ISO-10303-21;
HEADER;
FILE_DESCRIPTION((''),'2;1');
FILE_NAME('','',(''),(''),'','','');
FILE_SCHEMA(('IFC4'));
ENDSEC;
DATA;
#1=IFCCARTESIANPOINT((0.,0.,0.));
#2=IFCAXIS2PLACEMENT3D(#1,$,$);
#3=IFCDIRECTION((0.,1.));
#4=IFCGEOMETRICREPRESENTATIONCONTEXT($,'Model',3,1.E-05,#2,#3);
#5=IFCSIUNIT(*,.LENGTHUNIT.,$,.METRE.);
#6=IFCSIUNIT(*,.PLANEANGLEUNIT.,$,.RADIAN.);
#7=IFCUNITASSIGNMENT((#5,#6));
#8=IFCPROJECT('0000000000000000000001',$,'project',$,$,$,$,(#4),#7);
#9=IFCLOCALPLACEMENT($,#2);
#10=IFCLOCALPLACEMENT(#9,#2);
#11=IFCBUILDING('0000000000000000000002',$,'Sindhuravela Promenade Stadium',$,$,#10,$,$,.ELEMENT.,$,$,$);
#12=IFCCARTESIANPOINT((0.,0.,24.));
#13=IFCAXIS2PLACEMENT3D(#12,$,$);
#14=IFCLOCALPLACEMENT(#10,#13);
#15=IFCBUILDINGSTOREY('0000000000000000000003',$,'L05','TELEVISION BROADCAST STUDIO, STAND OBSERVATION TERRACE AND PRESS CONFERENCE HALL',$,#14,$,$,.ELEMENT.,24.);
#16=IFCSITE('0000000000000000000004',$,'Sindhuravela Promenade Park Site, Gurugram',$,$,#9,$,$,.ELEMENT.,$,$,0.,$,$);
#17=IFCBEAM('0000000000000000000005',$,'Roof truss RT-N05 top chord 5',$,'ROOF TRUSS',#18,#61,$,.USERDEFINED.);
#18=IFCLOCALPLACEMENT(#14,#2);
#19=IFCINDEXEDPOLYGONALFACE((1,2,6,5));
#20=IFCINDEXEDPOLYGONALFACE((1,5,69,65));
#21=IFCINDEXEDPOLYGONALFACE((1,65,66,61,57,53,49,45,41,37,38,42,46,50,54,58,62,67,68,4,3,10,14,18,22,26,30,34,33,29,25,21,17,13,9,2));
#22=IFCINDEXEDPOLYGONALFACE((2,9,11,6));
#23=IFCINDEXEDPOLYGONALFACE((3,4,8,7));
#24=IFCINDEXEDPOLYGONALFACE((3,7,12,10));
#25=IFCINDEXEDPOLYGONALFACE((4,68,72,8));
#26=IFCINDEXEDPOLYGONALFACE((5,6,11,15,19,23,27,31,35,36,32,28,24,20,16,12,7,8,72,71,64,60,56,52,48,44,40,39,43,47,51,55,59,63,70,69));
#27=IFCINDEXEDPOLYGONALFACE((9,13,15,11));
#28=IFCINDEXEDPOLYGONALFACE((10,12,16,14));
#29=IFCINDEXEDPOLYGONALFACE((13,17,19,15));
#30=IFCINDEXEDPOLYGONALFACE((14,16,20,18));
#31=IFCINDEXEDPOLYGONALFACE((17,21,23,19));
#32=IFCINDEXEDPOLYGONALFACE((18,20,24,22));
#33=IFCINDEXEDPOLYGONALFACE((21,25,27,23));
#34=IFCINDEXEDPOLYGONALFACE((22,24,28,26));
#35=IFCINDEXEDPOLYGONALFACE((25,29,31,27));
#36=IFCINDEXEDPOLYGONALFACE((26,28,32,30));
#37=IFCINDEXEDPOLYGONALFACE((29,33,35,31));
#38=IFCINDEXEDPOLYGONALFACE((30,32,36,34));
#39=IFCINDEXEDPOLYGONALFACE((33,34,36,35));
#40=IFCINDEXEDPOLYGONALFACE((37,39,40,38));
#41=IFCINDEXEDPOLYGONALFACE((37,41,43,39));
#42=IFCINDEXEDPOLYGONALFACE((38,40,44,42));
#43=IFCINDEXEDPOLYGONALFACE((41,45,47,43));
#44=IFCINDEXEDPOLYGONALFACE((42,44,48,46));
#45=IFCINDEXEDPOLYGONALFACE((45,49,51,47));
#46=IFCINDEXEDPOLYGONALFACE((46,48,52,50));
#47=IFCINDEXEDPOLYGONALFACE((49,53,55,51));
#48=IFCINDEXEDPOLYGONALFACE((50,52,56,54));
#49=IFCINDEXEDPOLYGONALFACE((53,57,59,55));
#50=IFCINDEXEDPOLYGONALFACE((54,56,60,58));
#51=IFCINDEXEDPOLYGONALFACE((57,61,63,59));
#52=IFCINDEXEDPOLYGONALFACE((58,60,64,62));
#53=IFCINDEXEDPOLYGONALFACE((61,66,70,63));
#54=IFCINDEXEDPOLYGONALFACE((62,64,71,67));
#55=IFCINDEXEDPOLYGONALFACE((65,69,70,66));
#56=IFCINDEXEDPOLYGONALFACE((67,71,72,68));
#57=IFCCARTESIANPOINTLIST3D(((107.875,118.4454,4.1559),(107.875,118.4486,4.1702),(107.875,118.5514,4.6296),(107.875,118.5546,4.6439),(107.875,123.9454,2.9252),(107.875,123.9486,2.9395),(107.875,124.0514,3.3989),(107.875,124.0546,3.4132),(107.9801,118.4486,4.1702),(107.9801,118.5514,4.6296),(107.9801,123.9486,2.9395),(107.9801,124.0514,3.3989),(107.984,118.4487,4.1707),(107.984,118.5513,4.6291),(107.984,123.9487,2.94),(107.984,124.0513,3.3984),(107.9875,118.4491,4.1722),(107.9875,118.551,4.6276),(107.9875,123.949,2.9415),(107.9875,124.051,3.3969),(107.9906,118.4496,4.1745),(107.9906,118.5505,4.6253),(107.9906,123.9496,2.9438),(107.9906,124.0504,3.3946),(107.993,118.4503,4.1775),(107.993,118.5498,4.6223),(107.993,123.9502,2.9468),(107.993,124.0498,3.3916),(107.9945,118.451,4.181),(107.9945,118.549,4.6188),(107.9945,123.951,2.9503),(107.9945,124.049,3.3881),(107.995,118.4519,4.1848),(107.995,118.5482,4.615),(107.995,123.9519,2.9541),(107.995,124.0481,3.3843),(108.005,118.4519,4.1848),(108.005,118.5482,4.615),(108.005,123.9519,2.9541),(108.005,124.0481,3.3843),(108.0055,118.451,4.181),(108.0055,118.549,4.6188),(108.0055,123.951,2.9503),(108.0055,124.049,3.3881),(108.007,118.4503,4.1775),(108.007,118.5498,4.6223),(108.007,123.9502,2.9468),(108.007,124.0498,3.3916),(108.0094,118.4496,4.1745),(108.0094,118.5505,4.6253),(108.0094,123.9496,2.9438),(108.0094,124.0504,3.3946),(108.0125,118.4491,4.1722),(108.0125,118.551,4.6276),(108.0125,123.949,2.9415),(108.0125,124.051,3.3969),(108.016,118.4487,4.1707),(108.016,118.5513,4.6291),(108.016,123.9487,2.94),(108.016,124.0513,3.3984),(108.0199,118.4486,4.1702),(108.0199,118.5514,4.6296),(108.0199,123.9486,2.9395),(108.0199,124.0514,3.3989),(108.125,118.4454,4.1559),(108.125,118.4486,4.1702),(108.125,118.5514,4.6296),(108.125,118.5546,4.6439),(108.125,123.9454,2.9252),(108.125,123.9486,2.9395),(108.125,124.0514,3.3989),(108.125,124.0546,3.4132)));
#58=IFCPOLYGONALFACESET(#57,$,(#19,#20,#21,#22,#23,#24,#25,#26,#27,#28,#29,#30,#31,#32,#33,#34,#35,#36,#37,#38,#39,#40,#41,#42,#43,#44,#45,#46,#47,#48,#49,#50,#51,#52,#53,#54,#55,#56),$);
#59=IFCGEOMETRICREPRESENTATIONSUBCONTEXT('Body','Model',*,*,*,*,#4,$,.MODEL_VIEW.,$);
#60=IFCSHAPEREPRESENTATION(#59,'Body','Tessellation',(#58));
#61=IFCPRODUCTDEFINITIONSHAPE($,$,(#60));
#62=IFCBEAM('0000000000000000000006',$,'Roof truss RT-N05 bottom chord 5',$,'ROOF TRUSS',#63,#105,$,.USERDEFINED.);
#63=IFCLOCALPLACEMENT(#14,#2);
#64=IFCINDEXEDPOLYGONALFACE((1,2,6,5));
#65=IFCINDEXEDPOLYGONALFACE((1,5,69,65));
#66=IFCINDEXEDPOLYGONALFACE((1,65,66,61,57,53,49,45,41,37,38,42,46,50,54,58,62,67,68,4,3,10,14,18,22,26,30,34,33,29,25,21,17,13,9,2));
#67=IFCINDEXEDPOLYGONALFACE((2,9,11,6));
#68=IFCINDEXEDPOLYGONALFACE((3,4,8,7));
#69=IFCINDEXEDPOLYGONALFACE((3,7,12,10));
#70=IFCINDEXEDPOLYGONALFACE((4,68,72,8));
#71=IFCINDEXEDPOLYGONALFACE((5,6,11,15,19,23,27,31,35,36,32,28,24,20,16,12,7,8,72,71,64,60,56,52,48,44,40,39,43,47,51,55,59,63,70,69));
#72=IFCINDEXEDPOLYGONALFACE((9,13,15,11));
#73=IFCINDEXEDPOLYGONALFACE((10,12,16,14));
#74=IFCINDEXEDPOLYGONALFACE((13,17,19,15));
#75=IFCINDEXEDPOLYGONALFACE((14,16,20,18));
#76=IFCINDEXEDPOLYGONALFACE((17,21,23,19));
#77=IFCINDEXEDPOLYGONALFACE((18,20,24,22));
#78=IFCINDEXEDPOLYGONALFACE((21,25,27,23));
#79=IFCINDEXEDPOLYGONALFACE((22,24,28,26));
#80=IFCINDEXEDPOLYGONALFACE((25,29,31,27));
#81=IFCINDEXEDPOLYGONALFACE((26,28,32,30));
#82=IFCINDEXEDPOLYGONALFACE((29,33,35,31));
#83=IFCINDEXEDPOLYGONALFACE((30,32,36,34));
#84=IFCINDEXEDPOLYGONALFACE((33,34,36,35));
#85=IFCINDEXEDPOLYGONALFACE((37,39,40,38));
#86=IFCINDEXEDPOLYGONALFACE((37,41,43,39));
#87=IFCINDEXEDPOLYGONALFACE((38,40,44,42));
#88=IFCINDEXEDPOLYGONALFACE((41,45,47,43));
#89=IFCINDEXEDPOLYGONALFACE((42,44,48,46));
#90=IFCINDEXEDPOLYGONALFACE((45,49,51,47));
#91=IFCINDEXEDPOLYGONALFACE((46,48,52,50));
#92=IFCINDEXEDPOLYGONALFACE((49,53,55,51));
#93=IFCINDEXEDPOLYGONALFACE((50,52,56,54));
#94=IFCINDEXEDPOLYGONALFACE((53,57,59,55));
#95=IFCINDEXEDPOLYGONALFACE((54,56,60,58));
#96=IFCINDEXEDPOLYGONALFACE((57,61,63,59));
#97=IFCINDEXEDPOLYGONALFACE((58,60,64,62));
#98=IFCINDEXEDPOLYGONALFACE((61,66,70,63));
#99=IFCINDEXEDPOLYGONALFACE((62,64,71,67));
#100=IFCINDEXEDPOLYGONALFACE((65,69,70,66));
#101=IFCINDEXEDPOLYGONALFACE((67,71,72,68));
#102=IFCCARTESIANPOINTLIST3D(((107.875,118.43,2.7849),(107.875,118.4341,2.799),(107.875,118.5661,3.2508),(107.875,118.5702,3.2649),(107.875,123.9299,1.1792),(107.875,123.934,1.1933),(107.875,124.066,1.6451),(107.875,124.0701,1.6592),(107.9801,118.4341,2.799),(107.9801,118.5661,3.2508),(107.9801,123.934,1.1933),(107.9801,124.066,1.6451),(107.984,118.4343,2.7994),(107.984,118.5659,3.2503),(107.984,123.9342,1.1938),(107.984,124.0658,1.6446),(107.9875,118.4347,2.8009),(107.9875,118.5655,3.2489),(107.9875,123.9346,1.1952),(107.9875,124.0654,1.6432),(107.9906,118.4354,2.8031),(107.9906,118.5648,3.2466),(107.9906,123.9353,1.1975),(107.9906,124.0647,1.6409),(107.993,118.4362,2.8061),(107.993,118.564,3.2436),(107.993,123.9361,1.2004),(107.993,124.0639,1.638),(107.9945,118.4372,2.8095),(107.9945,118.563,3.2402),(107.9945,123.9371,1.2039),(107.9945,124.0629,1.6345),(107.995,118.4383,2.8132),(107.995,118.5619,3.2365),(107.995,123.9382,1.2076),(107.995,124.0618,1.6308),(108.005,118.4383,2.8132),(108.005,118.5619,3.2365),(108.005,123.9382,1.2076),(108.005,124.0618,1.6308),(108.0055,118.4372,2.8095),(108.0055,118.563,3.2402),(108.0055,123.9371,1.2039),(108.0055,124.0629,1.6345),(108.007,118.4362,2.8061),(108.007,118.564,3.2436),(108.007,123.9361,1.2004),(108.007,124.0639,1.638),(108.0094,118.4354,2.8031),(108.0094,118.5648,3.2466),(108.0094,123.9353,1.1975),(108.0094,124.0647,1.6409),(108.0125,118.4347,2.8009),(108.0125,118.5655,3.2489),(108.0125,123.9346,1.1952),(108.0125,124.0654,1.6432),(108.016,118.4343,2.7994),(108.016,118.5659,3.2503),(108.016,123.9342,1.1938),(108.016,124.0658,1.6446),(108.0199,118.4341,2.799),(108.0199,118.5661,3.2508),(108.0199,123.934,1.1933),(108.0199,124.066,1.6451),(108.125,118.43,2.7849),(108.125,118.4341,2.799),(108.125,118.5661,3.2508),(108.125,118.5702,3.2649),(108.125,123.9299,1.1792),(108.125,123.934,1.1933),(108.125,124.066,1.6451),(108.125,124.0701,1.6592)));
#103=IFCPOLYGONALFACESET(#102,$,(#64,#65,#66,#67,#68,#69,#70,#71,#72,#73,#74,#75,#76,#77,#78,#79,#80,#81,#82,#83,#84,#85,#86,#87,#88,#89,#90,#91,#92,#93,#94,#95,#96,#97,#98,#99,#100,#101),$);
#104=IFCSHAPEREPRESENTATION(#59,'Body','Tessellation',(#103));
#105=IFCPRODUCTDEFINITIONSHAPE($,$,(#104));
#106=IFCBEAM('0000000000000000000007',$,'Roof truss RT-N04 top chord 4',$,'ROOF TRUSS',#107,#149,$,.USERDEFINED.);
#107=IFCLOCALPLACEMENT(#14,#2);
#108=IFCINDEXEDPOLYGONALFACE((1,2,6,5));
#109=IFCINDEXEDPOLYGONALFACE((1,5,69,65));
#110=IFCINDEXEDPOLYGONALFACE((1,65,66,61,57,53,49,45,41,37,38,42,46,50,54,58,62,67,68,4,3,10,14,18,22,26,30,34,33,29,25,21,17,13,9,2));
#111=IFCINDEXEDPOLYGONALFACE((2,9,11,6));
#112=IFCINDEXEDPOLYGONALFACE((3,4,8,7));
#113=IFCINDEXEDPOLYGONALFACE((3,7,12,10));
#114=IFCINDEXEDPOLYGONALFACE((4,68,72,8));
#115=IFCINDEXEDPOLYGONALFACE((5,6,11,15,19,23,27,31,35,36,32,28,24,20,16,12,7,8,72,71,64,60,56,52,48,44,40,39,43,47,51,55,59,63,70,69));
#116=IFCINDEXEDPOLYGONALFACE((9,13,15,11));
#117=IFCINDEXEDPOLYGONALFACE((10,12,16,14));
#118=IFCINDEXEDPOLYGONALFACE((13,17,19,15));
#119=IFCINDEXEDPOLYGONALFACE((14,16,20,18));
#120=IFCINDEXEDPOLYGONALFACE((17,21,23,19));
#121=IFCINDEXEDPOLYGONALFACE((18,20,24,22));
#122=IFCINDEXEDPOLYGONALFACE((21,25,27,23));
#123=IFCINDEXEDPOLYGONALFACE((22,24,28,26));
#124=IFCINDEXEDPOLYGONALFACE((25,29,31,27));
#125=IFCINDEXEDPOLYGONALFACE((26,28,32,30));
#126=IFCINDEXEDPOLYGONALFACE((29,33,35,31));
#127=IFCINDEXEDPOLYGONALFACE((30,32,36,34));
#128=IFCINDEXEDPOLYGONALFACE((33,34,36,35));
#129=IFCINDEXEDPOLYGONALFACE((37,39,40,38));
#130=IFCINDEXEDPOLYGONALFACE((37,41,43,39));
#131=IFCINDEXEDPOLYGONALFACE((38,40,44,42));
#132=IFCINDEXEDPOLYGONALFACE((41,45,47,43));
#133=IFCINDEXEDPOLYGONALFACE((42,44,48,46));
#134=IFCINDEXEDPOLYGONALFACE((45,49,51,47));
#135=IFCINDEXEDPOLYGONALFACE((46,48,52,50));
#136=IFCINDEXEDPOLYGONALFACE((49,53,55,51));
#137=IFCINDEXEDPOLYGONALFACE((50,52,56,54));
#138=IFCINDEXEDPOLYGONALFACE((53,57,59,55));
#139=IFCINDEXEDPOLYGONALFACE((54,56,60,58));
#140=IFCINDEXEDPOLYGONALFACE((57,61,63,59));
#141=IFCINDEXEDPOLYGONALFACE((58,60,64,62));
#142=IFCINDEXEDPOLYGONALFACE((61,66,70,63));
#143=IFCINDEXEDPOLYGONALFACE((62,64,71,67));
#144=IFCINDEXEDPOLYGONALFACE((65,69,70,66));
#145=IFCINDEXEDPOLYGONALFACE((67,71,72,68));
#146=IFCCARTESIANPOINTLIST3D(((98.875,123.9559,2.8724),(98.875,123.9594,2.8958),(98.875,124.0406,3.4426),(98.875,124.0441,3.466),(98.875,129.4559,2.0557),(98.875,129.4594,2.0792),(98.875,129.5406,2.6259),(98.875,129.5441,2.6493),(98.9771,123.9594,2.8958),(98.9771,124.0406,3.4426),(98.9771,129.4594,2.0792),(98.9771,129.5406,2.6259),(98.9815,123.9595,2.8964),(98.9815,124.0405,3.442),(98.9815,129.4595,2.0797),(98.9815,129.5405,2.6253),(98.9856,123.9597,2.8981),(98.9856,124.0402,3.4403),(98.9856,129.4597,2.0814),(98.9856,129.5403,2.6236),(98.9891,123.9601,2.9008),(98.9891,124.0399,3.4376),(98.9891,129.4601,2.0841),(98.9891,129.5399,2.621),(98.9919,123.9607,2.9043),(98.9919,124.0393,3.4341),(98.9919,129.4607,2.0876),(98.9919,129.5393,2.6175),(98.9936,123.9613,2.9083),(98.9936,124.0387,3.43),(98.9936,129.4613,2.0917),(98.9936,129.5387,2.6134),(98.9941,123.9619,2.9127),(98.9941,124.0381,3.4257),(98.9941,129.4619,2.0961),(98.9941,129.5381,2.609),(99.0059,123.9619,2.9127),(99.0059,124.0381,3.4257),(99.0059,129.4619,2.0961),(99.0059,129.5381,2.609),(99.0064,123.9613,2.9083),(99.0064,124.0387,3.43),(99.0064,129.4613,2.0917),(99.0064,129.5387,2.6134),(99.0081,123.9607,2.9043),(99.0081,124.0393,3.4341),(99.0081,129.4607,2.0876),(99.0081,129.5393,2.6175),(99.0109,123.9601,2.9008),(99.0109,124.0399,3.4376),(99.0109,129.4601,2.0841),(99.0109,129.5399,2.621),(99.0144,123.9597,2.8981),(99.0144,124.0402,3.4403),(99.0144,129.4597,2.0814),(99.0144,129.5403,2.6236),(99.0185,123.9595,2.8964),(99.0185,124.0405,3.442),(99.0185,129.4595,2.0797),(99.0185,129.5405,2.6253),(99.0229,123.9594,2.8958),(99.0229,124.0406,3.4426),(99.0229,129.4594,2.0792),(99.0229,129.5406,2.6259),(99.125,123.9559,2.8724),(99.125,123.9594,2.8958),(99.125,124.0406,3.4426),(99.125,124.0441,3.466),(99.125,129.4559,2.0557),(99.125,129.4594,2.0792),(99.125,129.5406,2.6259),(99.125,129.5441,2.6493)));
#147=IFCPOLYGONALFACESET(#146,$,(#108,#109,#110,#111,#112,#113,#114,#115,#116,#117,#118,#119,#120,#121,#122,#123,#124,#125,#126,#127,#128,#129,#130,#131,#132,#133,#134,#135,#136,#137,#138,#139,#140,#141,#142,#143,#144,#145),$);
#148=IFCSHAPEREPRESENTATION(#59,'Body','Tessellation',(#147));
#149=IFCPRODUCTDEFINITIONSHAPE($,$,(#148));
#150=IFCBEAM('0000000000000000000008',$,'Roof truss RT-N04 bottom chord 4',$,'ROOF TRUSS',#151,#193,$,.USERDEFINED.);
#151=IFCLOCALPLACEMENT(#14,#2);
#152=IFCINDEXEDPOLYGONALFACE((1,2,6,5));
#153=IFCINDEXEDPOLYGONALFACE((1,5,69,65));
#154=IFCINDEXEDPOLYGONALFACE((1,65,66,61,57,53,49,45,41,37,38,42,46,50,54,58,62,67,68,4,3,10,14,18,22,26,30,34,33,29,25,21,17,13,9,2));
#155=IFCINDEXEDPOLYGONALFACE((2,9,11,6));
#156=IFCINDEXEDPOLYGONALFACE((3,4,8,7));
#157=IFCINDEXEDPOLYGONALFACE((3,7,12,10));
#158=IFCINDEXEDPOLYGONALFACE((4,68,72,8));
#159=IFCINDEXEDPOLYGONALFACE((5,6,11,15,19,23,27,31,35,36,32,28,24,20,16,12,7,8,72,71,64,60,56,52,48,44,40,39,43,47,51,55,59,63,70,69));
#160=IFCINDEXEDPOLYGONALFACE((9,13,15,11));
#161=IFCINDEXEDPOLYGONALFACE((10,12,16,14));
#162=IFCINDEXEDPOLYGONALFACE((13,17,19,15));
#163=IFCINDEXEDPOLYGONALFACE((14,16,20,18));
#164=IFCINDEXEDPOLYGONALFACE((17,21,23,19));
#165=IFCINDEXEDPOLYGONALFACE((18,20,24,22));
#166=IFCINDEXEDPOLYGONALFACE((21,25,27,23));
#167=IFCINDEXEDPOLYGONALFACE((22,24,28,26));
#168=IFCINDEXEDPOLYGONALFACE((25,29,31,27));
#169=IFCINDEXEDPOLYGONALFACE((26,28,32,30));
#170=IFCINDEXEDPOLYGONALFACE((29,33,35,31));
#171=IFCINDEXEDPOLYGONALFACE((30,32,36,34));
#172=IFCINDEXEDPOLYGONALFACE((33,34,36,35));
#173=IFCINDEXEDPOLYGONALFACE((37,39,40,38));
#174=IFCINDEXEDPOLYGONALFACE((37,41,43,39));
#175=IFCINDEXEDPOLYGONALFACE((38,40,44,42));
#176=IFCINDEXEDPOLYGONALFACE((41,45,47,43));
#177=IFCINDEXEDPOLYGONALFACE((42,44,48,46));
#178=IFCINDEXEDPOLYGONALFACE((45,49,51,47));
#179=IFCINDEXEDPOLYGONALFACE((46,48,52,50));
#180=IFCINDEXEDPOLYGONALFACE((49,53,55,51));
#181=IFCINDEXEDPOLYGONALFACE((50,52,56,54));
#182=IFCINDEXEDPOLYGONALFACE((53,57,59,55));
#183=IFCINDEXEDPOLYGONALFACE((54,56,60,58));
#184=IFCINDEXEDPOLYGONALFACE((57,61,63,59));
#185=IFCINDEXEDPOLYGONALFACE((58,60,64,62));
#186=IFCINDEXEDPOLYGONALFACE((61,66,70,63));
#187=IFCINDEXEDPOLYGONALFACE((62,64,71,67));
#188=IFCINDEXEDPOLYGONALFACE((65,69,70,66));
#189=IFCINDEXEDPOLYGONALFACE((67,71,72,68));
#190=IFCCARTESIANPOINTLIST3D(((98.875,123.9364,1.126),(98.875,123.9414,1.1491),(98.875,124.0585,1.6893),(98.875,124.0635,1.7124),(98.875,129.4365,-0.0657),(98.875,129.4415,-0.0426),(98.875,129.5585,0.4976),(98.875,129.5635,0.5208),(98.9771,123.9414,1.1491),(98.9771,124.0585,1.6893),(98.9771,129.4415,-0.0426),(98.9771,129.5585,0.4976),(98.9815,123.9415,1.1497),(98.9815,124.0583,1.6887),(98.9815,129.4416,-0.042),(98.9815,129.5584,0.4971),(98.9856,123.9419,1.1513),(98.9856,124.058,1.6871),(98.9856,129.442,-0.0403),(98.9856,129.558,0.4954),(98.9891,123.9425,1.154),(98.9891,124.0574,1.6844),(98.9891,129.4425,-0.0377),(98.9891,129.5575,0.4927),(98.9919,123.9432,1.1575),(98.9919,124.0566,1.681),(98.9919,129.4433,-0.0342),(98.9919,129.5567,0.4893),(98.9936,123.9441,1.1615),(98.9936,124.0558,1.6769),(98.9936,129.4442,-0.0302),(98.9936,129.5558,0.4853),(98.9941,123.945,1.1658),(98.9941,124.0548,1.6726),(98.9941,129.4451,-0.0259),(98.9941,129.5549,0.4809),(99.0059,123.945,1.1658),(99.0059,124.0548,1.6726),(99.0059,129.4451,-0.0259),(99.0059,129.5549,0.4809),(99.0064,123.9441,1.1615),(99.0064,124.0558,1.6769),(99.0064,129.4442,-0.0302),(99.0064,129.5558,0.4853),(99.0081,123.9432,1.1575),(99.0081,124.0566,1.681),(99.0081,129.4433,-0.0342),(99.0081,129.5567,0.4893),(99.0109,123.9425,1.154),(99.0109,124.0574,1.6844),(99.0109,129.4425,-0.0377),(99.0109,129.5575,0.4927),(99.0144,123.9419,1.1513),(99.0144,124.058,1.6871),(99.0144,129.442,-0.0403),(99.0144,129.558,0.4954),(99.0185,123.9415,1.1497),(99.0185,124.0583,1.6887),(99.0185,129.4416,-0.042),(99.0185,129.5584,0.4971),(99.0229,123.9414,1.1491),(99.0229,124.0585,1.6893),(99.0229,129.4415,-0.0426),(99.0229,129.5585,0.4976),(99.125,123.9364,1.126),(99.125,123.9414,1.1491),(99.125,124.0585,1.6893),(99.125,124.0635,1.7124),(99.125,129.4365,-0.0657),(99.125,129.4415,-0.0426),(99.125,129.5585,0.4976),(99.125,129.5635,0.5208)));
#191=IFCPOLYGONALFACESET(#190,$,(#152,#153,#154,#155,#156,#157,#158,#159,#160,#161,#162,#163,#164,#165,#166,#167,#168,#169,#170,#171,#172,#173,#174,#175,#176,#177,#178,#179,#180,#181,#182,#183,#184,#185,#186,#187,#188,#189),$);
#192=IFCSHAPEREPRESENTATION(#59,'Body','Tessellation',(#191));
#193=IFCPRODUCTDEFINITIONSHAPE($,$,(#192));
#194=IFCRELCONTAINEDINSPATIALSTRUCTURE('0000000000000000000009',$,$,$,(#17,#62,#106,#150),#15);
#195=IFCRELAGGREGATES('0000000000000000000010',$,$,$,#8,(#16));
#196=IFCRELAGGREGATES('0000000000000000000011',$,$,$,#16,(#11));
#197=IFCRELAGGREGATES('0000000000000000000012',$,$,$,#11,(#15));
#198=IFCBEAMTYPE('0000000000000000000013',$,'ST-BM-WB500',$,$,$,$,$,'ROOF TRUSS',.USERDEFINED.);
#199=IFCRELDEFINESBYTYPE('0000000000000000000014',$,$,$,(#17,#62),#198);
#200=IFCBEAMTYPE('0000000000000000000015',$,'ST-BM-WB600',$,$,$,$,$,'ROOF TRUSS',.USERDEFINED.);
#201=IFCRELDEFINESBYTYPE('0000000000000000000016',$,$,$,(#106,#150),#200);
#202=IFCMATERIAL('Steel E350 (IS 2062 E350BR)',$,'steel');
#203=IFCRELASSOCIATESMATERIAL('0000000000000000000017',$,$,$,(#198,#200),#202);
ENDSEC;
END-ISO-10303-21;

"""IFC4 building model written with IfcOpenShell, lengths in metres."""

from ifc_helpers import new_model, si_unit, direction, frame, origin, origin_2d, place, context, subcontext, project, spatial, i_section, extrude, material, material_profile, profile_set, type_object, element, save


model = new_model("IFC4")

# Units and contexts
model_context = context("Model", 3, precision=1e-05, world=origin(), true_north=direction((0.0, 1.0)))
body_context = subcontext(model_context, "Body", "Model", "MODEL_VIEW")
ifc_project = project(units=[si_unit("LENGTHUNIT", "METRE"), si_unit("PLANEANGLEUNIT", "RADIAN")], contexts=[model_context])

# Site, building, storey
site_placement = place(None, origin())
site = spatial("IfcSite", under=ifc_project, at=site_placement, Name="Sindhuravela Promenade Park Site, Gurugram", CompositionType="ELEMENT", RefElevation=0.0)
building_placement = place(site_placement, origin())
building = spatial("IfcBuilding", under=site, at=building_placement, Name="Sindhuravela Promenade Stadium", CompositionType="ELEMENT")
storey_placement = place(building_placement, frame((0.0, 0.0, 24.0)))
storey = spatial("IfcBuildingStorey", under=building, at=storey_placement, Name="L05", Description="TELEVISION BROADCAST STUDIO, STAND OBSERVATION TERRACE AND PRESS CONFERENCE HALL", CompositionType="ELEMENT", Elevation=24.0)

# Beams
ifc_material_1 = material(Name="Steel E350 (IS 2062 E350BR)", Category="steel")
ifc_material_profile_1 = material_profile(ifc_material_1, i_section(OverallWidth=0.25, OverallDepth=0.5, WebThickness=0.01, FlangeThickness=0.0146, FilletRadius=0.0149, at=origin_2d()), Name="ISWB 500")
ifc_profile_set_1 = profile_set([ifc_material_profile_1], Name="Steel E350 (IS 2062 E350BR)")
beam_type_1 = type_object("IfcBeamType", Name="ST-BM-WB500", ElementType="ROOF TRUSS", PredefinedType="USERDEFINED", material=ifc_profile_set_1)
beam_1_placement = place(storey_placement, frame((108.0, 124.0, 3.1692), z_axis=(0.0, -0.975867, 0.218366), x_axis=(1.0, 0.0, 0.0)))
element("IfcBeam", 1, at=beam_1_placement, inside=storey, type_object=beam_type_1, Name="Roof truss RT-N05 top chord 5", ObjectType="ROOF TRUSS", PredefinedType="USERDEFINED", context=body_context, shape_type="SweptSolid", body=[
    extrude(i_section(OverallWidth=0.25, OverallDepth=0.5, WebThickness=0.01, FlangeThickness=0.0146, FilletRadius=0.0149, at=origin_2d()), origin(), (0.0, 0.0, 1.0), 5.636),
])
beam_2_placement = place(storey_placement, frame((108.0, 124.0, 1.4192), z_axis=(0.0, -0.959927, 0.280249), x_axis=(1.0, 0.0, 0.0)))
element("IfcBeam", 2, at=beam_2_placement, inside=storey, type_object=beam_type_1, Name="Roof truss RT-N05 bottom chord 5", ObjectType="ROOF TRUSS", PredefinedType="USERDEFINED", context=body_context, shape_type="SweptSolid", body=[
    extrude(i_section(OverallWidth=0.25, OverallDepth=0.5, WebThickness=0.01, FlangeThickness=0.0146, FilletRadius=0.0149, at=origin_2d()), origin(), (0.0, 0.0, 1.0), 5.7295),
])
ifc_material_profile_2 = material_profile(ifc_material_1, i_section(OverallWidth=0.25, OverallDepth=0.6001, WebThickness=0.0117, FlangeThickness=0.0237, FilletRadius=0.0171, at=origin_2d()), Name="ISWB 600")
ifc_profile_set_2 = profile_set([ifc_material_profile_2], Name="Steel E350 (IS 2062 E350BR)")
beam_type_2 = type_object("IfcBeamType", Name="ST-BM-WB600", ElementType="ROOF TRUSS", PredefinedType="USERDEFINED", material=ifc_profile_set_2)
beam_3_placement = place(storey_placement, frame((99.0, 129.5, 2.3525), z_axis=(0.0, -0.989156, 0.146872), x_axis=(1.0, 0.0, 0.0)))
element("IfcBeam", 3, at=beam_3_placement, inside=storey, type_object=beam_type_2, Name="Roof truss RT-N04 top chord 4", ObjectType="ROOF TRUSS", PredefinedType="USERDEFINED", context=body_context, shape_type="SweptSolid", body=[
    extrude(i_section(OverallWidth=0.25, OverallDepth=0.6001, WebThickness=0.0117, FlangeThickness=0.0237, FilletRadius=0.0171, at=origin_2d()), origin(), (0.0, 0.0, 1.0), 5.5603),
])
beam_4_placement = place(storey_placement, frame((99.0, 129.5, 0.2275), z_axis=(0.0, -0.977324, 0.211751), x_axis=(1.0, 0.0, 0.0)))
element("IfcBeam", 4, at=beam_4_placement, inside=storey, type_object=beam_type_2, Name="Roof truss RT-N04 bottom chord 4", ObjectType="ROOF TRUSS", PredefinedType="USERDEFINED", context=body_context, shape_type="SweptSolid", body=[
    extrude(i_section(OverallWidth=0.25, OverallDepth=0.6001, WebThickness=0.0117, FlangeThickness=0.0237, FilletRadius=0.0171, at=origin_2d()), origin(), (0.0, 0.0, 1.0), 5.6277),
])

save(model, "model.ifc")
